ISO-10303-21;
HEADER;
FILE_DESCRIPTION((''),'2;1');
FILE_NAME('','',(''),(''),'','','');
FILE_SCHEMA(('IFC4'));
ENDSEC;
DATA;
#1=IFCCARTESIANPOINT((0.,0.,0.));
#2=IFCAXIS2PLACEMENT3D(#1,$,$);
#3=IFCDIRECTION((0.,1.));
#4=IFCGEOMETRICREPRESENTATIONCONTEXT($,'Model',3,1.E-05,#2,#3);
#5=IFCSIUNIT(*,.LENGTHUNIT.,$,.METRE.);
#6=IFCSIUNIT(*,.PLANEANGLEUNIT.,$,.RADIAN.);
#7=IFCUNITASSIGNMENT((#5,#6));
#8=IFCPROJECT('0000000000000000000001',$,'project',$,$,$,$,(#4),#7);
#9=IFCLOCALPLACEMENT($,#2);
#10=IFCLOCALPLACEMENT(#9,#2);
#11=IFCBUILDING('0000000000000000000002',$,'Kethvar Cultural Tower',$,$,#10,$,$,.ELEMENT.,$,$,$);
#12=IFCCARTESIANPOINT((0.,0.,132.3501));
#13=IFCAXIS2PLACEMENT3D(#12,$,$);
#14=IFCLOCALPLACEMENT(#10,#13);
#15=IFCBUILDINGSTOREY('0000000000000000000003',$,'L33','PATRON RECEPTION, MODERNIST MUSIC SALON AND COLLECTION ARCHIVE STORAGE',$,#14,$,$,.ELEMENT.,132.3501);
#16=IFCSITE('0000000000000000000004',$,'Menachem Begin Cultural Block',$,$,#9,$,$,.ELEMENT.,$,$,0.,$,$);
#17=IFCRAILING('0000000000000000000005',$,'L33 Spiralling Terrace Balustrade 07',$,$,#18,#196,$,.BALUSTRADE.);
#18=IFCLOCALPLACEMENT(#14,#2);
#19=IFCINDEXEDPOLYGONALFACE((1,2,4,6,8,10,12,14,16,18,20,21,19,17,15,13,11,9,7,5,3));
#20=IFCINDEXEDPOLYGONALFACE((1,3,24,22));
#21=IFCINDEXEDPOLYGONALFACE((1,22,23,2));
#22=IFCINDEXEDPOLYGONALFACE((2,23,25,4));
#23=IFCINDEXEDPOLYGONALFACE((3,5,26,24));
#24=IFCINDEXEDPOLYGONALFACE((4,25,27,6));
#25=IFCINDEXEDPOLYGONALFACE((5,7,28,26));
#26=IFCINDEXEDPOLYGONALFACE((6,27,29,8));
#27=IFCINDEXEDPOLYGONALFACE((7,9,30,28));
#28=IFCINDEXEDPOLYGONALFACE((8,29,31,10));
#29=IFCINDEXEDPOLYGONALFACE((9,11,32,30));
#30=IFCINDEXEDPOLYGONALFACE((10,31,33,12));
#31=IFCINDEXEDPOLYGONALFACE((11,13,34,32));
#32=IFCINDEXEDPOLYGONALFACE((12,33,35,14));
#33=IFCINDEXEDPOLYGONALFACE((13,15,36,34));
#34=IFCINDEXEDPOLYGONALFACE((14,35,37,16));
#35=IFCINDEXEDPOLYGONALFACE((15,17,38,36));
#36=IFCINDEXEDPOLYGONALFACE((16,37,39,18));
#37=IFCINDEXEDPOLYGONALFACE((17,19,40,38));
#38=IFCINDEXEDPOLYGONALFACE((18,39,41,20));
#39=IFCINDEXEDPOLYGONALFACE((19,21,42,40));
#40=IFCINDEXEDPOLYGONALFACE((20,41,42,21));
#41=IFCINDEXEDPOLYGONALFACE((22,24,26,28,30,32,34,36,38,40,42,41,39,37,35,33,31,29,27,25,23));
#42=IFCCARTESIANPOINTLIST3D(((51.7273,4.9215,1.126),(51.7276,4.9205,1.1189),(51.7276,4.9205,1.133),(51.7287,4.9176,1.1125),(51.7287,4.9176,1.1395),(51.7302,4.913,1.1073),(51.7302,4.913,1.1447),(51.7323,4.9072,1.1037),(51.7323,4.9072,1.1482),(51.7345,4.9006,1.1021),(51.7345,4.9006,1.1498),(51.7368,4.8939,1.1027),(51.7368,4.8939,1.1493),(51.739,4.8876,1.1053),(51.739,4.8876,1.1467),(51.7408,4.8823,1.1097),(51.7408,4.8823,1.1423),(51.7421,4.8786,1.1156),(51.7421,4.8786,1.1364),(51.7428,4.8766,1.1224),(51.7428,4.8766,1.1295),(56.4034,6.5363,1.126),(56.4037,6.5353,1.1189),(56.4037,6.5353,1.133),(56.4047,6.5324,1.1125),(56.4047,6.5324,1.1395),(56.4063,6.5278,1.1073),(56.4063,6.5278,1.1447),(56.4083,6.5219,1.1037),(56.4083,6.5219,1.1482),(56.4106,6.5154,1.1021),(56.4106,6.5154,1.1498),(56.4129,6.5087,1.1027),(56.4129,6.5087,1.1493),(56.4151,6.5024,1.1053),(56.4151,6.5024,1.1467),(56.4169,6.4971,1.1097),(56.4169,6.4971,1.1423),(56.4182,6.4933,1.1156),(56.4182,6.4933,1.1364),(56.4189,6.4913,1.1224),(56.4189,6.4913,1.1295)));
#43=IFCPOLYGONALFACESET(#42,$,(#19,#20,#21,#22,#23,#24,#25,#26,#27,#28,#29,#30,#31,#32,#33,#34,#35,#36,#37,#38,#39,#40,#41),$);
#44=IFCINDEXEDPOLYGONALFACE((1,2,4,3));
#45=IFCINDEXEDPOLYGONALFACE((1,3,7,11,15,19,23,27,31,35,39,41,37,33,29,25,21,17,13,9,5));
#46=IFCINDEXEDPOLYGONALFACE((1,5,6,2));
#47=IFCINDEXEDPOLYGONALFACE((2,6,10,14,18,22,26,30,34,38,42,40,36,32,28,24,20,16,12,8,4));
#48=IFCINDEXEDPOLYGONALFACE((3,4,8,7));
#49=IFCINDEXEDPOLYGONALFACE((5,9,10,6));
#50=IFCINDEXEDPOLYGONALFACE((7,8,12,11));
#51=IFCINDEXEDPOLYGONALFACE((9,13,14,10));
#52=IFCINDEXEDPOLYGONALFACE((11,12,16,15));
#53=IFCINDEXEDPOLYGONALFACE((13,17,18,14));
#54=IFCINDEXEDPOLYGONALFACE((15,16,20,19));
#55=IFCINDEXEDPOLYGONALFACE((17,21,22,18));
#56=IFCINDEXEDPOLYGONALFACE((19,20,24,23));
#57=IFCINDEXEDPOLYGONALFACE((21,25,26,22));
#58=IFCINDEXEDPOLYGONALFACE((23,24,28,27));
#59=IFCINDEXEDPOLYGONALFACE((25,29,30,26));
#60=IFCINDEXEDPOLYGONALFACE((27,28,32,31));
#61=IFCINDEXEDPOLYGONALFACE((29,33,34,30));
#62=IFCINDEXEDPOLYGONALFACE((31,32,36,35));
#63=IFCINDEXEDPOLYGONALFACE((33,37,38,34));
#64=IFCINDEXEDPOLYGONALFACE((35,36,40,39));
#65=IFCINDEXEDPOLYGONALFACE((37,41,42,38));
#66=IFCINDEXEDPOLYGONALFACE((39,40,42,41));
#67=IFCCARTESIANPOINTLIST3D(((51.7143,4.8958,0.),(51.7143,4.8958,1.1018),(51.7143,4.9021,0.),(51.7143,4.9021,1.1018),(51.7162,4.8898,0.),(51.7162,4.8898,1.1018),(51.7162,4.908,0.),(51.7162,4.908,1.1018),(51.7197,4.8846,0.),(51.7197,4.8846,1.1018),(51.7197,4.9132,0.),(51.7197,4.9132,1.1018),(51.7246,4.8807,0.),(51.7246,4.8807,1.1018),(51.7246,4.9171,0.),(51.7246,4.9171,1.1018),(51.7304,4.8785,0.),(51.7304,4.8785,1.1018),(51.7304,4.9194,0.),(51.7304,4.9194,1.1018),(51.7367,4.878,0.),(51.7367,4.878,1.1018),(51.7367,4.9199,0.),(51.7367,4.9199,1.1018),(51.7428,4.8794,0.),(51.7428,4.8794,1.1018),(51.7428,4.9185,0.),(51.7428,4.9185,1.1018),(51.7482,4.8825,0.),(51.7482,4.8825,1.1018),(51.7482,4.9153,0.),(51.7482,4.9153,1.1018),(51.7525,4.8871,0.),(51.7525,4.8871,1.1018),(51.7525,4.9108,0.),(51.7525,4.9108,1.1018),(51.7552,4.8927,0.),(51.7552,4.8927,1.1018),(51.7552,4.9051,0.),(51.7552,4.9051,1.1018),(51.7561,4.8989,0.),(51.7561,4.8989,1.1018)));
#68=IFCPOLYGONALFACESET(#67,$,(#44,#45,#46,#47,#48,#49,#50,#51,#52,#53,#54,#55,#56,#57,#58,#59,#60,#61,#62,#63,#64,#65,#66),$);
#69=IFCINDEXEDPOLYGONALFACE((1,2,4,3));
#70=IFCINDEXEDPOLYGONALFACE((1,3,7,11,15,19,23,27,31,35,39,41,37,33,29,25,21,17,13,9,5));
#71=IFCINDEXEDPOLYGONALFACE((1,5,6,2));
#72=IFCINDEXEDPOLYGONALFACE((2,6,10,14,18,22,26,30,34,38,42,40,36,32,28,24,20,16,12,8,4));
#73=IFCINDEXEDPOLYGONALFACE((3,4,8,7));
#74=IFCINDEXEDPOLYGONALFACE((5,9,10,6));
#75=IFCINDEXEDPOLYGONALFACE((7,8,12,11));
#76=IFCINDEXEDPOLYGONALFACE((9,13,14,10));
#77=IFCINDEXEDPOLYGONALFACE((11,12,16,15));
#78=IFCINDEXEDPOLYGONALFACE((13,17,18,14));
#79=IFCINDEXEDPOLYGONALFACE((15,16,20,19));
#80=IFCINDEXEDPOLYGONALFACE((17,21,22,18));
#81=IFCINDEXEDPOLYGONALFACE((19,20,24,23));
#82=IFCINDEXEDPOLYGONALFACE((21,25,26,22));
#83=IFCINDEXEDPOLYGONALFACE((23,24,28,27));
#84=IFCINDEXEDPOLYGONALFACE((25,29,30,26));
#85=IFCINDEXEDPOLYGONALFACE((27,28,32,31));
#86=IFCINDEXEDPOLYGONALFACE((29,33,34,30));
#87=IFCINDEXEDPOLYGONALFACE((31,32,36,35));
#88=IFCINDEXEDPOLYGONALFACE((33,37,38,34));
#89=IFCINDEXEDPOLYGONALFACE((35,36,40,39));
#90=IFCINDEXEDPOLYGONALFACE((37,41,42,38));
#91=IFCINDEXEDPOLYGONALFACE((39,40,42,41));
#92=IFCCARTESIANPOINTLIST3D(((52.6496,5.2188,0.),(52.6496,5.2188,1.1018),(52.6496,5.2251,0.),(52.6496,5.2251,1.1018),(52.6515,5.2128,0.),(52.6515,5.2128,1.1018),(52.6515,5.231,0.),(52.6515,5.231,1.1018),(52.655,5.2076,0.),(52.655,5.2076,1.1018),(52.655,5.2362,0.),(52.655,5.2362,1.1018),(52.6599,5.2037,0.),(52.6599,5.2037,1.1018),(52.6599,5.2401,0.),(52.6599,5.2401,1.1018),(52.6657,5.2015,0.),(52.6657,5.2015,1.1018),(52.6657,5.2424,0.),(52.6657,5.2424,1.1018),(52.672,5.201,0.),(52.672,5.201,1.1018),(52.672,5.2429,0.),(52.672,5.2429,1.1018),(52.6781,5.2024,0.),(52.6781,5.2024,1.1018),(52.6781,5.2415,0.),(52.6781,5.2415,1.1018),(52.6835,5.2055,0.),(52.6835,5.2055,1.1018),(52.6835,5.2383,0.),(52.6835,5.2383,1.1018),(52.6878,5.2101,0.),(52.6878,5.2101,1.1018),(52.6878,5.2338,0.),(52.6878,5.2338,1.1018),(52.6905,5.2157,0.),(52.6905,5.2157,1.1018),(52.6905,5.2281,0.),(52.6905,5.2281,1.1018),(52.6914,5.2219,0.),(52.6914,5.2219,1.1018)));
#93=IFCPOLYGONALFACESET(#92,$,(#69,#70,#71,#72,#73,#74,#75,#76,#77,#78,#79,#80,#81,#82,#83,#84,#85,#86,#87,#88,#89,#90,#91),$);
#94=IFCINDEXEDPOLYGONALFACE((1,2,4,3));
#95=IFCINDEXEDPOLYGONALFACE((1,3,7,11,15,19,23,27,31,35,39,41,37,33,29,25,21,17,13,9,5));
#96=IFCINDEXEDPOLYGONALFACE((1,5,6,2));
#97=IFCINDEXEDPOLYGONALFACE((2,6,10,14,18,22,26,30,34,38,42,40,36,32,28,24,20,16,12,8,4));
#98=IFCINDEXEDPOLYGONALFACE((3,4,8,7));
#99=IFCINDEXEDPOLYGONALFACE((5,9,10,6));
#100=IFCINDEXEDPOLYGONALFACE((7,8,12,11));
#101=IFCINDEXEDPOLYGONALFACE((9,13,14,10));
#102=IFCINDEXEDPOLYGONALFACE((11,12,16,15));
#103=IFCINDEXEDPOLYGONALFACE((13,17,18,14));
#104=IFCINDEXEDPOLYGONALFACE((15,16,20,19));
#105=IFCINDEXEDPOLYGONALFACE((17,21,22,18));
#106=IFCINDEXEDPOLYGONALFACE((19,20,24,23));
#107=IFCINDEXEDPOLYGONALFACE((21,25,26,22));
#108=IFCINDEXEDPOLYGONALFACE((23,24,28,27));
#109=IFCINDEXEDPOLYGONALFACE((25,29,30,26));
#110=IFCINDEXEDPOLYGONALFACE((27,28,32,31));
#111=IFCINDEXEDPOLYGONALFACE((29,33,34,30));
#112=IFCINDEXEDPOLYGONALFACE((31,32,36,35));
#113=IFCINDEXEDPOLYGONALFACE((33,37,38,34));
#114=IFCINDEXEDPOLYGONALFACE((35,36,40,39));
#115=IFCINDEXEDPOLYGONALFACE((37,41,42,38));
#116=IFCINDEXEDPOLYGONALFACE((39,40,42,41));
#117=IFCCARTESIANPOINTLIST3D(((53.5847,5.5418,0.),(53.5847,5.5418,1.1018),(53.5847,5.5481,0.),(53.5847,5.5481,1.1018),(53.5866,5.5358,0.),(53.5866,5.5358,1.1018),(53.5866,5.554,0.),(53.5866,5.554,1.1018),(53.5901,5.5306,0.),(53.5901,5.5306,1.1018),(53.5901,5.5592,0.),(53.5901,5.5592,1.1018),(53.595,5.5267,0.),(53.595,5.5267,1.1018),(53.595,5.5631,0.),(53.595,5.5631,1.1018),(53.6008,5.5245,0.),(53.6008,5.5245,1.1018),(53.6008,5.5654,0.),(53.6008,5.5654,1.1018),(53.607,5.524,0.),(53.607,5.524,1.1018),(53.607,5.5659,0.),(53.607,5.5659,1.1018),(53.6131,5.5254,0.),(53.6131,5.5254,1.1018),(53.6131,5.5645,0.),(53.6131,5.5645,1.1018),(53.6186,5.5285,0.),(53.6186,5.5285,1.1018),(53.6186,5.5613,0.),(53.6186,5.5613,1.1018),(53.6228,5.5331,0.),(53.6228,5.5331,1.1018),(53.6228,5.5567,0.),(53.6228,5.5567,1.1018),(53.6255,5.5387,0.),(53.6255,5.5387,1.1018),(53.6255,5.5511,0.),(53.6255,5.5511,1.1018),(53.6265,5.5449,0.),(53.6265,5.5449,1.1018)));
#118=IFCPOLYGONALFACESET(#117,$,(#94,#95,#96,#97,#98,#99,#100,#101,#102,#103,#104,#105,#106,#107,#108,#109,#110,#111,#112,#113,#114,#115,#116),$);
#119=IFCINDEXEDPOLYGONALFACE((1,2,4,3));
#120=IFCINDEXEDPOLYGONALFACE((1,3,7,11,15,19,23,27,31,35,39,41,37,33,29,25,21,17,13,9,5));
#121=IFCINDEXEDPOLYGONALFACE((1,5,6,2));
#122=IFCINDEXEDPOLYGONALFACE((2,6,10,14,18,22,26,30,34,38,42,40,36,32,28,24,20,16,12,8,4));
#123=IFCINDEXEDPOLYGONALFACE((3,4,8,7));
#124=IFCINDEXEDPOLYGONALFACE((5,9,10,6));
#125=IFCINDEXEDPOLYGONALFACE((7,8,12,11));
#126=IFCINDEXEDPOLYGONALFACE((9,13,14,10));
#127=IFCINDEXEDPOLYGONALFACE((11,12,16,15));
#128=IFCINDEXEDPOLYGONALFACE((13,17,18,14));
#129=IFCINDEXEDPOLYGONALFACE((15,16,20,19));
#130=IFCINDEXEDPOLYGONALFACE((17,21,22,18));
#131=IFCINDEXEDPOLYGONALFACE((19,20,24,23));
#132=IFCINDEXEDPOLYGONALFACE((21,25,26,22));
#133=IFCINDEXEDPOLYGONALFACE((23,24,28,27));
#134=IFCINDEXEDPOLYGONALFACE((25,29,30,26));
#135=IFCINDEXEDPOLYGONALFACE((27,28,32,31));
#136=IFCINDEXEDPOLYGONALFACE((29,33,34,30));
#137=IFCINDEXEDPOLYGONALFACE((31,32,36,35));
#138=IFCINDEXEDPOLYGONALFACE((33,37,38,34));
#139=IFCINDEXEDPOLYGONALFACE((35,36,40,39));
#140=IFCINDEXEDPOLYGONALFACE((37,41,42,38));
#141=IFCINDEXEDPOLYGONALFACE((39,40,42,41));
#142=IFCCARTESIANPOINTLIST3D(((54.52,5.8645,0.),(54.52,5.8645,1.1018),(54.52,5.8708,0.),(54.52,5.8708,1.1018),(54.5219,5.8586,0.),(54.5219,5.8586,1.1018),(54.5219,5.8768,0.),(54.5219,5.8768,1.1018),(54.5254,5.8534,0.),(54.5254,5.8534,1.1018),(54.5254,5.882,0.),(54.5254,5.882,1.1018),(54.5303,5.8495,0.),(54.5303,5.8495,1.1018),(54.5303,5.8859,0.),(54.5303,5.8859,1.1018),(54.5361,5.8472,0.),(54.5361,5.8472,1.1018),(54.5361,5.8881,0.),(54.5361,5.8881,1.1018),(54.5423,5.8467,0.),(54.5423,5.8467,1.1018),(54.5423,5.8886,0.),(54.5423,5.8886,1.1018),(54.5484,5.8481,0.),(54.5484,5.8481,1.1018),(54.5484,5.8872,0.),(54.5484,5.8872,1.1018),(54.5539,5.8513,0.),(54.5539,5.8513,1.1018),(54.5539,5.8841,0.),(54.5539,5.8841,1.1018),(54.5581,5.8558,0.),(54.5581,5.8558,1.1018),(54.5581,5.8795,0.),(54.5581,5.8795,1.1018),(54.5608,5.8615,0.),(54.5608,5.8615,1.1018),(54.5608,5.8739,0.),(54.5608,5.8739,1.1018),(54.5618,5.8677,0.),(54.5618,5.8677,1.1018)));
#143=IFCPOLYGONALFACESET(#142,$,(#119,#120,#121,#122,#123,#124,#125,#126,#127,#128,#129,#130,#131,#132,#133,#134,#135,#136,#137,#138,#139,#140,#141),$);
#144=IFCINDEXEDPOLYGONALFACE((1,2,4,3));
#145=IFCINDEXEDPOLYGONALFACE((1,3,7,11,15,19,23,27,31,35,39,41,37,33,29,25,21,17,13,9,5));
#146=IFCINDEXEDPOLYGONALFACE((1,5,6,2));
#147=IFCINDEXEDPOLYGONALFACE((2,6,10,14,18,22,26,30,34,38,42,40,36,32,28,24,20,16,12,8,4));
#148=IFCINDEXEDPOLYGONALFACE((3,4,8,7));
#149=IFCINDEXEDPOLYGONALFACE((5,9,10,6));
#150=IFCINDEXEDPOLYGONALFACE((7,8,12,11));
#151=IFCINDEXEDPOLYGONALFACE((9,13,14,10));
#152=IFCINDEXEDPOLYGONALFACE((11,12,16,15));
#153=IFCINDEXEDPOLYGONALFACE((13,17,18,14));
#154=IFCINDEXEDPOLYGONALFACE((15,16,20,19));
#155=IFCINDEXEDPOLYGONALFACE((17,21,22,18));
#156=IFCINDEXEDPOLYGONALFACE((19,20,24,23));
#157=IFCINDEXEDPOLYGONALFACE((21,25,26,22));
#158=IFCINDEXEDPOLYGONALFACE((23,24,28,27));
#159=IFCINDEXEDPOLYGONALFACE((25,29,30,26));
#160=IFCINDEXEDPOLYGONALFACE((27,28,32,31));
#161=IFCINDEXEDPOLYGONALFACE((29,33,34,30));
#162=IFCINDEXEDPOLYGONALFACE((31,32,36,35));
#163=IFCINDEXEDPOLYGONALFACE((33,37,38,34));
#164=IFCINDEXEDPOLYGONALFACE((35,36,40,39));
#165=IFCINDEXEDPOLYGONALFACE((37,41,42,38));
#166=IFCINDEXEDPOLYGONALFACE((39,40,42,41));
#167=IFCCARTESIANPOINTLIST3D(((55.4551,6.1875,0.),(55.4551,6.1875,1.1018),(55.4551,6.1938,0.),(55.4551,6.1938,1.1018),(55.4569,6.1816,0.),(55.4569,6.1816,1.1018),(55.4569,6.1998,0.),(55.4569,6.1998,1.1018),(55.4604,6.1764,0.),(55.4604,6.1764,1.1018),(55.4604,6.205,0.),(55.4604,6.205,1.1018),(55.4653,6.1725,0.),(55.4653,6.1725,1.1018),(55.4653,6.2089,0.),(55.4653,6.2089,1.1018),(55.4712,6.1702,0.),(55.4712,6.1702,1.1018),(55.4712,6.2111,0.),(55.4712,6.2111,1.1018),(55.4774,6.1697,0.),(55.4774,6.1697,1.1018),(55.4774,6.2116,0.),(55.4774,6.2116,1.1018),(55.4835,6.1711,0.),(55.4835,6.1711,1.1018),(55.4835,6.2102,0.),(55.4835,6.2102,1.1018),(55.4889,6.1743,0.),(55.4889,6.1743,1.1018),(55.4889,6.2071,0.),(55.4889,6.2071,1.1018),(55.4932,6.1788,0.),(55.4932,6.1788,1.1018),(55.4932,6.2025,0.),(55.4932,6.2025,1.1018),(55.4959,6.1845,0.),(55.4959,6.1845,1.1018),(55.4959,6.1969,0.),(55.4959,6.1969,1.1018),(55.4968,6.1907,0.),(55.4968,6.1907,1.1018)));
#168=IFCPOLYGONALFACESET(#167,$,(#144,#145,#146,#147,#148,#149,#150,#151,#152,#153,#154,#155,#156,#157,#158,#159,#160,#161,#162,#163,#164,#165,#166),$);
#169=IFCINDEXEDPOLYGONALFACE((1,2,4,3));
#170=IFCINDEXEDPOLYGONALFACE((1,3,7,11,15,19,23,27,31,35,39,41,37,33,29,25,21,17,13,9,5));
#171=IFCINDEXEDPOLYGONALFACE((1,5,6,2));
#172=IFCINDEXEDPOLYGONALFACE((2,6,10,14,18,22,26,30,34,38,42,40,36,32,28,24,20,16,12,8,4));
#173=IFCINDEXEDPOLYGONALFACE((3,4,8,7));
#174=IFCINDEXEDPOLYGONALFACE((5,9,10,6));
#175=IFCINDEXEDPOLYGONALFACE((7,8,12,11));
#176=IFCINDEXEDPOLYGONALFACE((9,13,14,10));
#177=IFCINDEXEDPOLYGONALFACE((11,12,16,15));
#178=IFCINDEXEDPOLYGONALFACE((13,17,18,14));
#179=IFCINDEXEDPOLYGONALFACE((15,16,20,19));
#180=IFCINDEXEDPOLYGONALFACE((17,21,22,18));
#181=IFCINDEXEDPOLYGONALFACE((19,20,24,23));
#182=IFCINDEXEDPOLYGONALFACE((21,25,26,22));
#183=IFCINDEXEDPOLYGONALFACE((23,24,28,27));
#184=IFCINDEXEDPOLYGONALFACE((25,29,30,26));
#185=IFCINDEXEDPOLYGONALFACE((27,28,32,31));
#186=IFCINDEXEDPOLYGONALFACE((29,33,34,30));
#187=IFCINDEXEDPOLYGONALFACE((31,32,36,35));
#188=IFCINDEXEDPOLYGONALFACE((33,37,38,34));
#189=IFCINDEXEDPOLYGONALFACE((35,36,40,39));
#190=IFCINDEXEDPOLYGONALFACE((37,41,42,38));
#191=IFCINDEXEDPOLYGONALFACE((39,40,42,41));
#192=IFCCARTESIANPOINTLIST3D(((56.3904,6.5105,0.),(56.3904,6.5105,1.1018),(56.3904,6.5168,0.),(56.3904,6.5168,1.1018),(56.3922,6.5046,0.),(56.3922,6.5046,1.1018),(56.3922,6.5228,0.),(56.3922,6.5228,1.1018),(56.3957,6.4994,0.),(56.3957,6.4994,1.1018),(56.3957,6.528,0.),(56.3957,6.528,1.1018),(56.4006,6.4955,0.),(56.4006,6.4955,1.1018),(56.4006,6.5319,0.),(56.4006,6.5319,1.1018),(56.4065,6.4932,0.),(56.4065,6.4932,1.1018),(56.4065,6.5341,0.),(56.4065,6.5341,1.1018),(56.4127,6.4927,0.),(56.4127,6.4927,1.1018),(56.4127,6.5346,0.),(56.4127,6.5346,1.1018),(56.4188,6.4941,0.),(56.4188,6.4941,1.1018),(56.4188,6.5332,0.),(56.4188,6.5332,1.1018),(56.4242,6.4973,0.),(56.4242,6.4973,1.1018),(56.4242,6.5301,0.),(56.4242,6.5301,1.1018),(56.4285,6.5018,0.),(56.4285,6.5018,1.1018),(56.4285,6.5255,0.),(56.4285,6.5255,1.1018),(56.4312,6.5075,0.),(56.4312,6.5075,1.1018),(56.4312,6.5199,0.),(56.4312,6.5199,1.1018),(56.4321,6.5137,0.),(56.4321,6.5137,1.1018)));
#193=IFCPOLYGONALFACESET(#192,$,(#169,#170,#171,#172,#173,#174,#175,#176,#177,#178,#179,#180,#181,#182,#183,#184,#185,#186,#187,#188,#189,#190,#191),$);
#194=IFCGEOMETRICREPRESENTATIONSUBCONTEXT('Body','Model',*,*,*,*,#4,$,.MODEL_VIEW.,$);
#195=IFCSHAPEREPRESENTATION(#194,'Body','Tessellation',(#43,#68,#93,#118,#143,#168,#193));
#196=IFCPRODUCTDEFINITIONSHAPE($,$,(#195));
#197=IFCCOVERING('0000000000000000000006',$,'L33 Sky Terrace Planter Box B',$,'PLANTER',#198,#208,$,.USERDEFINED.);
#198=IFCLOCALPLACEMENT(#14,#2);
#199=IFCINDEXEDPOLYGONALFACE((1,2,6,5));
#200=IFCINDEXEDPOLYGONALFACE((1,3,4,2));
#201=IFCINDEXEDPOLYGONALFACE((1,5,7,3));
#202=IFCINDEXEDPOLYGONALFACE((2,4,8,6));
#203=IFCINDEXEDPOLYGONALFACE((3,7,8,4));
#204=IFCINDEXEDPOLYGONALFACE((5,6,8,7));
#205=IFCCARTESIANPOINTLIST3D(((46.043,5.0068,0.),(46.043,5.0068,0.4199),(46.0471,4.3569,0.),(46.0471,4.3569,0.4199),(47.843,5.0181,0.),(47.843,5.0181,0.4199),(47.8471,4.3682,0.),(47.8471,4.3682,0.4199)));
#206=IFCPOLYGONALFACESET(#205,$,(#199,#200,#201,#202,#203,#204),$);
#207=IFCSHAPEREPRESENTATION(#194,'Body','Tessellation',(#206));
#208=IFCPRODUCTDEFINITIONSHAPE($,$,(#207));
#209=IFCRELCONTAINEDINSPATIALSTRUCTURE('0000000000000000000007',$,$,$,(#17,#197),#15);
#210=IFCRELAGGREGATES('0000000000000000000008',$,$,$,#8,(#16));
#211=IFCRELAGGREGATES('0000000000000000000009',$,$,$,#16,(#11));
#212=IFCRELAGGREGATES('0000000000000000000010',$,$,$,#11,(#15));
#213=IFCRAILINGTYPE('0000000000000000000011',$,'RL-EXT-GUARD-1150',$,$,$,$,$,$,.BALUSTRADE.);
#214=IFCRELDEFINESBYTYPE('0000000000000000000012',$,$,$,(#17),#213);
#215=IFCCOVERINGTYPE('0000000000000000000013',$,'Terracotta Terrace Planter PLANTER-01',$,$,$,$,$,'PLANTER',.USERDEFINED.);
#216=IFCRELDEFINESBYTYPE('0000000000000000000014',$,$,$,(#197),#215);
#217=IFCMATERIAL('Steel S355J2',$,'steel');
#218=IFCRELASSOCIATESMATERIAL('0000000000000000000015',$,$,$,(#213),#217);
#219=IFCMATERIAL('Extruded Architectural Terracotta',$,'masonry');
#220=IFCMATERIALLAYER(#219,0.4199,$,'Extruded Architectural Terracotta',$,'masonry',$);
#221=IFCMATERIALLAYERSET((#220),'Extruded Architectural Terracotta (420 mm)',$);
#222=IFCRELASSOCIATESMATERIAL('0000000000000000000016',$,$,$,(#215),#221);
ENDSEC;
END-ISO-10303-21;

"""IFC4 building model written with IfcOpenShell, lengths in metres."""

from ifc_helpers import new_model, si_unit, direction, frame, origin, origin_2d, place, context, subcontext, project, spatial, rectangle, circle, extrude, source, transform, mapped, material, layer, layer_set, type_object, element, save


model = new_model("IFC4")

# Units and contexts
model_context = context("Model", 3, precision=1e-05, world=origin(), true_north=direction((0.0, 1.0)))
body_context = subcontext(model_context, "Body", "Model", "MODEL_VIEW")
ifc_project = project(units=[si_unit("LENGTHUNIT", "METRE"), si_unit("PLANEANGLEUNIT", "RADIAN")], contexts=[model_context])

# Site, building, storey
site_placement = place(None, origin())
site = spatial("IfcSite", under=ifc_project, at=site_placement, Name="Menachem Begin Cultural Block", CompositionType="ELEMENT", RefElevation=0.0)
building_placement = place(site_placement, origin())
building = spatial("IfcBuilding", under=site, at=building_placement, Name="Kethvar Cultural Tower", CompositionType="ELEMENT")
storey_placement = place(building_placement, frame((0.0, 0.0, 132.3501)))
storey = spatial("IfcBuildingStorey", under=building, at=storey_placement, Name="L33", Description="PATRON RECEPTION, MODERNIST MUSIC SALON AND COLLECTION ARCHIVE STORAGE", CompositionType="ELEMENT", Elevation=132.3501)

# Shared definitions
ifc_material_1 = material(Name="Steel S355J2", Category="steel")

# Railing
railing_type = type_object("IfcRailingType", Name="RL-EXT-GUARD-1150", PredefinedType="BALUSTRADE", material=ifc_material_1)
railing_1_placement = place(storey_placement, frame((51.7351, 4.8989, 0.0)))
element("IfcRailing", 1, at=railing_1_placement, inside=storey, type_object=railing_type, Name="L33 Spiralling Terrace Balustrade 07", PredefinedType="BALUSTRADE", context=body_context, shape_type="SweptSolid", body=[
    extrude(circle(Radius=0.0239, at=origin_2d()), frame((0.0, 0.0, 1.126), z_axis=(0.945228, 0.32641, 0.0), x_axis=(-0.32641, 0.945228, 0.0)), (0.0, 0.0, 1.0), 4.947),
    extrude(circle(Radius=0.021, at=origin_2d()), origin(), (0.0, 0.0, 1.0), 1.1018),
    extrude(circle(Radius=0.021, at=origin_2d()), frame((0.9353, 0.323, 0.0)), (0.0, 0.0, 1.0), 1.1018),
    extrude(circle(Radius=0.021, at=origin_2d()), frame((1.8704, 0.646, 0.0)), (0.0, 0.0, 1.0), 1.1018),
    extrude(circle(Radius=0.021, at=origin_2d()), frame((2.8057, 0.9688, 0.0)), (0.0, 0.0, 1.0), 1.1018),
    extrude(circle(Radius=0.021, at=origin_2d()), frame((3.7407, 1.2917, 0.0)), (0.0, 0.0, 1.0), 1.1018),
    extrude(circle(Radius=0.021, at=origin_2d()), frame((4.676, 1.6147, 0.0)), (0.0, 0.0, 1.0), 1.1018),
])

# Covering
ifc_material_2 = material(Name="Extruded Architectural Terracotta", Category="masonry")
ifc_layer_1 = layer(ifc_material_2, 0.4199, Name="Extruded Architectural Terracotta", Category="masonry")
ifc_layer_set_1 = layer_set([ifc_layer_1], Name="Extruded Architectural Terracotta (420 mm)")
covering_type_1 = type_object("IfcCoveringType", Name="Terracotta Terrace Planter PLANTER-01", ElementType="PLANTER", PredefinedType="USERDEFINED", material=ifc_layer_set_1)
shared_shape_1 = source(origin(), body_context, "Body", "SweptSolid", [
    extrude(rectangle(XDim=1.8, YDim=0.6499, at=origin_2d()), origin(), (0.0, 0.0, 1.0), 0.4199),
])
covering_placement = place(storey_placement, frame((46.9451, 4.6875, 0.0), z_axis=(0.0, 0.0, 1.0), x_axis=(0.99998, 0.006283, 0.0)))
element("IfcCovering", 2, at=covering_placement, inside=storey, type_object=covering_type_1, Name="L33 Sky Terrace Planter Box B", ObjectType="PLANTER", PredefinedType="USERDEFINED", context=body_context, shape_type="MappedRepresentation", body=[
    mapped(shared_shape_1, transform((0.0, 0.0, 0.0), scale=1.0)),
])

save(model, "model.ifc")
